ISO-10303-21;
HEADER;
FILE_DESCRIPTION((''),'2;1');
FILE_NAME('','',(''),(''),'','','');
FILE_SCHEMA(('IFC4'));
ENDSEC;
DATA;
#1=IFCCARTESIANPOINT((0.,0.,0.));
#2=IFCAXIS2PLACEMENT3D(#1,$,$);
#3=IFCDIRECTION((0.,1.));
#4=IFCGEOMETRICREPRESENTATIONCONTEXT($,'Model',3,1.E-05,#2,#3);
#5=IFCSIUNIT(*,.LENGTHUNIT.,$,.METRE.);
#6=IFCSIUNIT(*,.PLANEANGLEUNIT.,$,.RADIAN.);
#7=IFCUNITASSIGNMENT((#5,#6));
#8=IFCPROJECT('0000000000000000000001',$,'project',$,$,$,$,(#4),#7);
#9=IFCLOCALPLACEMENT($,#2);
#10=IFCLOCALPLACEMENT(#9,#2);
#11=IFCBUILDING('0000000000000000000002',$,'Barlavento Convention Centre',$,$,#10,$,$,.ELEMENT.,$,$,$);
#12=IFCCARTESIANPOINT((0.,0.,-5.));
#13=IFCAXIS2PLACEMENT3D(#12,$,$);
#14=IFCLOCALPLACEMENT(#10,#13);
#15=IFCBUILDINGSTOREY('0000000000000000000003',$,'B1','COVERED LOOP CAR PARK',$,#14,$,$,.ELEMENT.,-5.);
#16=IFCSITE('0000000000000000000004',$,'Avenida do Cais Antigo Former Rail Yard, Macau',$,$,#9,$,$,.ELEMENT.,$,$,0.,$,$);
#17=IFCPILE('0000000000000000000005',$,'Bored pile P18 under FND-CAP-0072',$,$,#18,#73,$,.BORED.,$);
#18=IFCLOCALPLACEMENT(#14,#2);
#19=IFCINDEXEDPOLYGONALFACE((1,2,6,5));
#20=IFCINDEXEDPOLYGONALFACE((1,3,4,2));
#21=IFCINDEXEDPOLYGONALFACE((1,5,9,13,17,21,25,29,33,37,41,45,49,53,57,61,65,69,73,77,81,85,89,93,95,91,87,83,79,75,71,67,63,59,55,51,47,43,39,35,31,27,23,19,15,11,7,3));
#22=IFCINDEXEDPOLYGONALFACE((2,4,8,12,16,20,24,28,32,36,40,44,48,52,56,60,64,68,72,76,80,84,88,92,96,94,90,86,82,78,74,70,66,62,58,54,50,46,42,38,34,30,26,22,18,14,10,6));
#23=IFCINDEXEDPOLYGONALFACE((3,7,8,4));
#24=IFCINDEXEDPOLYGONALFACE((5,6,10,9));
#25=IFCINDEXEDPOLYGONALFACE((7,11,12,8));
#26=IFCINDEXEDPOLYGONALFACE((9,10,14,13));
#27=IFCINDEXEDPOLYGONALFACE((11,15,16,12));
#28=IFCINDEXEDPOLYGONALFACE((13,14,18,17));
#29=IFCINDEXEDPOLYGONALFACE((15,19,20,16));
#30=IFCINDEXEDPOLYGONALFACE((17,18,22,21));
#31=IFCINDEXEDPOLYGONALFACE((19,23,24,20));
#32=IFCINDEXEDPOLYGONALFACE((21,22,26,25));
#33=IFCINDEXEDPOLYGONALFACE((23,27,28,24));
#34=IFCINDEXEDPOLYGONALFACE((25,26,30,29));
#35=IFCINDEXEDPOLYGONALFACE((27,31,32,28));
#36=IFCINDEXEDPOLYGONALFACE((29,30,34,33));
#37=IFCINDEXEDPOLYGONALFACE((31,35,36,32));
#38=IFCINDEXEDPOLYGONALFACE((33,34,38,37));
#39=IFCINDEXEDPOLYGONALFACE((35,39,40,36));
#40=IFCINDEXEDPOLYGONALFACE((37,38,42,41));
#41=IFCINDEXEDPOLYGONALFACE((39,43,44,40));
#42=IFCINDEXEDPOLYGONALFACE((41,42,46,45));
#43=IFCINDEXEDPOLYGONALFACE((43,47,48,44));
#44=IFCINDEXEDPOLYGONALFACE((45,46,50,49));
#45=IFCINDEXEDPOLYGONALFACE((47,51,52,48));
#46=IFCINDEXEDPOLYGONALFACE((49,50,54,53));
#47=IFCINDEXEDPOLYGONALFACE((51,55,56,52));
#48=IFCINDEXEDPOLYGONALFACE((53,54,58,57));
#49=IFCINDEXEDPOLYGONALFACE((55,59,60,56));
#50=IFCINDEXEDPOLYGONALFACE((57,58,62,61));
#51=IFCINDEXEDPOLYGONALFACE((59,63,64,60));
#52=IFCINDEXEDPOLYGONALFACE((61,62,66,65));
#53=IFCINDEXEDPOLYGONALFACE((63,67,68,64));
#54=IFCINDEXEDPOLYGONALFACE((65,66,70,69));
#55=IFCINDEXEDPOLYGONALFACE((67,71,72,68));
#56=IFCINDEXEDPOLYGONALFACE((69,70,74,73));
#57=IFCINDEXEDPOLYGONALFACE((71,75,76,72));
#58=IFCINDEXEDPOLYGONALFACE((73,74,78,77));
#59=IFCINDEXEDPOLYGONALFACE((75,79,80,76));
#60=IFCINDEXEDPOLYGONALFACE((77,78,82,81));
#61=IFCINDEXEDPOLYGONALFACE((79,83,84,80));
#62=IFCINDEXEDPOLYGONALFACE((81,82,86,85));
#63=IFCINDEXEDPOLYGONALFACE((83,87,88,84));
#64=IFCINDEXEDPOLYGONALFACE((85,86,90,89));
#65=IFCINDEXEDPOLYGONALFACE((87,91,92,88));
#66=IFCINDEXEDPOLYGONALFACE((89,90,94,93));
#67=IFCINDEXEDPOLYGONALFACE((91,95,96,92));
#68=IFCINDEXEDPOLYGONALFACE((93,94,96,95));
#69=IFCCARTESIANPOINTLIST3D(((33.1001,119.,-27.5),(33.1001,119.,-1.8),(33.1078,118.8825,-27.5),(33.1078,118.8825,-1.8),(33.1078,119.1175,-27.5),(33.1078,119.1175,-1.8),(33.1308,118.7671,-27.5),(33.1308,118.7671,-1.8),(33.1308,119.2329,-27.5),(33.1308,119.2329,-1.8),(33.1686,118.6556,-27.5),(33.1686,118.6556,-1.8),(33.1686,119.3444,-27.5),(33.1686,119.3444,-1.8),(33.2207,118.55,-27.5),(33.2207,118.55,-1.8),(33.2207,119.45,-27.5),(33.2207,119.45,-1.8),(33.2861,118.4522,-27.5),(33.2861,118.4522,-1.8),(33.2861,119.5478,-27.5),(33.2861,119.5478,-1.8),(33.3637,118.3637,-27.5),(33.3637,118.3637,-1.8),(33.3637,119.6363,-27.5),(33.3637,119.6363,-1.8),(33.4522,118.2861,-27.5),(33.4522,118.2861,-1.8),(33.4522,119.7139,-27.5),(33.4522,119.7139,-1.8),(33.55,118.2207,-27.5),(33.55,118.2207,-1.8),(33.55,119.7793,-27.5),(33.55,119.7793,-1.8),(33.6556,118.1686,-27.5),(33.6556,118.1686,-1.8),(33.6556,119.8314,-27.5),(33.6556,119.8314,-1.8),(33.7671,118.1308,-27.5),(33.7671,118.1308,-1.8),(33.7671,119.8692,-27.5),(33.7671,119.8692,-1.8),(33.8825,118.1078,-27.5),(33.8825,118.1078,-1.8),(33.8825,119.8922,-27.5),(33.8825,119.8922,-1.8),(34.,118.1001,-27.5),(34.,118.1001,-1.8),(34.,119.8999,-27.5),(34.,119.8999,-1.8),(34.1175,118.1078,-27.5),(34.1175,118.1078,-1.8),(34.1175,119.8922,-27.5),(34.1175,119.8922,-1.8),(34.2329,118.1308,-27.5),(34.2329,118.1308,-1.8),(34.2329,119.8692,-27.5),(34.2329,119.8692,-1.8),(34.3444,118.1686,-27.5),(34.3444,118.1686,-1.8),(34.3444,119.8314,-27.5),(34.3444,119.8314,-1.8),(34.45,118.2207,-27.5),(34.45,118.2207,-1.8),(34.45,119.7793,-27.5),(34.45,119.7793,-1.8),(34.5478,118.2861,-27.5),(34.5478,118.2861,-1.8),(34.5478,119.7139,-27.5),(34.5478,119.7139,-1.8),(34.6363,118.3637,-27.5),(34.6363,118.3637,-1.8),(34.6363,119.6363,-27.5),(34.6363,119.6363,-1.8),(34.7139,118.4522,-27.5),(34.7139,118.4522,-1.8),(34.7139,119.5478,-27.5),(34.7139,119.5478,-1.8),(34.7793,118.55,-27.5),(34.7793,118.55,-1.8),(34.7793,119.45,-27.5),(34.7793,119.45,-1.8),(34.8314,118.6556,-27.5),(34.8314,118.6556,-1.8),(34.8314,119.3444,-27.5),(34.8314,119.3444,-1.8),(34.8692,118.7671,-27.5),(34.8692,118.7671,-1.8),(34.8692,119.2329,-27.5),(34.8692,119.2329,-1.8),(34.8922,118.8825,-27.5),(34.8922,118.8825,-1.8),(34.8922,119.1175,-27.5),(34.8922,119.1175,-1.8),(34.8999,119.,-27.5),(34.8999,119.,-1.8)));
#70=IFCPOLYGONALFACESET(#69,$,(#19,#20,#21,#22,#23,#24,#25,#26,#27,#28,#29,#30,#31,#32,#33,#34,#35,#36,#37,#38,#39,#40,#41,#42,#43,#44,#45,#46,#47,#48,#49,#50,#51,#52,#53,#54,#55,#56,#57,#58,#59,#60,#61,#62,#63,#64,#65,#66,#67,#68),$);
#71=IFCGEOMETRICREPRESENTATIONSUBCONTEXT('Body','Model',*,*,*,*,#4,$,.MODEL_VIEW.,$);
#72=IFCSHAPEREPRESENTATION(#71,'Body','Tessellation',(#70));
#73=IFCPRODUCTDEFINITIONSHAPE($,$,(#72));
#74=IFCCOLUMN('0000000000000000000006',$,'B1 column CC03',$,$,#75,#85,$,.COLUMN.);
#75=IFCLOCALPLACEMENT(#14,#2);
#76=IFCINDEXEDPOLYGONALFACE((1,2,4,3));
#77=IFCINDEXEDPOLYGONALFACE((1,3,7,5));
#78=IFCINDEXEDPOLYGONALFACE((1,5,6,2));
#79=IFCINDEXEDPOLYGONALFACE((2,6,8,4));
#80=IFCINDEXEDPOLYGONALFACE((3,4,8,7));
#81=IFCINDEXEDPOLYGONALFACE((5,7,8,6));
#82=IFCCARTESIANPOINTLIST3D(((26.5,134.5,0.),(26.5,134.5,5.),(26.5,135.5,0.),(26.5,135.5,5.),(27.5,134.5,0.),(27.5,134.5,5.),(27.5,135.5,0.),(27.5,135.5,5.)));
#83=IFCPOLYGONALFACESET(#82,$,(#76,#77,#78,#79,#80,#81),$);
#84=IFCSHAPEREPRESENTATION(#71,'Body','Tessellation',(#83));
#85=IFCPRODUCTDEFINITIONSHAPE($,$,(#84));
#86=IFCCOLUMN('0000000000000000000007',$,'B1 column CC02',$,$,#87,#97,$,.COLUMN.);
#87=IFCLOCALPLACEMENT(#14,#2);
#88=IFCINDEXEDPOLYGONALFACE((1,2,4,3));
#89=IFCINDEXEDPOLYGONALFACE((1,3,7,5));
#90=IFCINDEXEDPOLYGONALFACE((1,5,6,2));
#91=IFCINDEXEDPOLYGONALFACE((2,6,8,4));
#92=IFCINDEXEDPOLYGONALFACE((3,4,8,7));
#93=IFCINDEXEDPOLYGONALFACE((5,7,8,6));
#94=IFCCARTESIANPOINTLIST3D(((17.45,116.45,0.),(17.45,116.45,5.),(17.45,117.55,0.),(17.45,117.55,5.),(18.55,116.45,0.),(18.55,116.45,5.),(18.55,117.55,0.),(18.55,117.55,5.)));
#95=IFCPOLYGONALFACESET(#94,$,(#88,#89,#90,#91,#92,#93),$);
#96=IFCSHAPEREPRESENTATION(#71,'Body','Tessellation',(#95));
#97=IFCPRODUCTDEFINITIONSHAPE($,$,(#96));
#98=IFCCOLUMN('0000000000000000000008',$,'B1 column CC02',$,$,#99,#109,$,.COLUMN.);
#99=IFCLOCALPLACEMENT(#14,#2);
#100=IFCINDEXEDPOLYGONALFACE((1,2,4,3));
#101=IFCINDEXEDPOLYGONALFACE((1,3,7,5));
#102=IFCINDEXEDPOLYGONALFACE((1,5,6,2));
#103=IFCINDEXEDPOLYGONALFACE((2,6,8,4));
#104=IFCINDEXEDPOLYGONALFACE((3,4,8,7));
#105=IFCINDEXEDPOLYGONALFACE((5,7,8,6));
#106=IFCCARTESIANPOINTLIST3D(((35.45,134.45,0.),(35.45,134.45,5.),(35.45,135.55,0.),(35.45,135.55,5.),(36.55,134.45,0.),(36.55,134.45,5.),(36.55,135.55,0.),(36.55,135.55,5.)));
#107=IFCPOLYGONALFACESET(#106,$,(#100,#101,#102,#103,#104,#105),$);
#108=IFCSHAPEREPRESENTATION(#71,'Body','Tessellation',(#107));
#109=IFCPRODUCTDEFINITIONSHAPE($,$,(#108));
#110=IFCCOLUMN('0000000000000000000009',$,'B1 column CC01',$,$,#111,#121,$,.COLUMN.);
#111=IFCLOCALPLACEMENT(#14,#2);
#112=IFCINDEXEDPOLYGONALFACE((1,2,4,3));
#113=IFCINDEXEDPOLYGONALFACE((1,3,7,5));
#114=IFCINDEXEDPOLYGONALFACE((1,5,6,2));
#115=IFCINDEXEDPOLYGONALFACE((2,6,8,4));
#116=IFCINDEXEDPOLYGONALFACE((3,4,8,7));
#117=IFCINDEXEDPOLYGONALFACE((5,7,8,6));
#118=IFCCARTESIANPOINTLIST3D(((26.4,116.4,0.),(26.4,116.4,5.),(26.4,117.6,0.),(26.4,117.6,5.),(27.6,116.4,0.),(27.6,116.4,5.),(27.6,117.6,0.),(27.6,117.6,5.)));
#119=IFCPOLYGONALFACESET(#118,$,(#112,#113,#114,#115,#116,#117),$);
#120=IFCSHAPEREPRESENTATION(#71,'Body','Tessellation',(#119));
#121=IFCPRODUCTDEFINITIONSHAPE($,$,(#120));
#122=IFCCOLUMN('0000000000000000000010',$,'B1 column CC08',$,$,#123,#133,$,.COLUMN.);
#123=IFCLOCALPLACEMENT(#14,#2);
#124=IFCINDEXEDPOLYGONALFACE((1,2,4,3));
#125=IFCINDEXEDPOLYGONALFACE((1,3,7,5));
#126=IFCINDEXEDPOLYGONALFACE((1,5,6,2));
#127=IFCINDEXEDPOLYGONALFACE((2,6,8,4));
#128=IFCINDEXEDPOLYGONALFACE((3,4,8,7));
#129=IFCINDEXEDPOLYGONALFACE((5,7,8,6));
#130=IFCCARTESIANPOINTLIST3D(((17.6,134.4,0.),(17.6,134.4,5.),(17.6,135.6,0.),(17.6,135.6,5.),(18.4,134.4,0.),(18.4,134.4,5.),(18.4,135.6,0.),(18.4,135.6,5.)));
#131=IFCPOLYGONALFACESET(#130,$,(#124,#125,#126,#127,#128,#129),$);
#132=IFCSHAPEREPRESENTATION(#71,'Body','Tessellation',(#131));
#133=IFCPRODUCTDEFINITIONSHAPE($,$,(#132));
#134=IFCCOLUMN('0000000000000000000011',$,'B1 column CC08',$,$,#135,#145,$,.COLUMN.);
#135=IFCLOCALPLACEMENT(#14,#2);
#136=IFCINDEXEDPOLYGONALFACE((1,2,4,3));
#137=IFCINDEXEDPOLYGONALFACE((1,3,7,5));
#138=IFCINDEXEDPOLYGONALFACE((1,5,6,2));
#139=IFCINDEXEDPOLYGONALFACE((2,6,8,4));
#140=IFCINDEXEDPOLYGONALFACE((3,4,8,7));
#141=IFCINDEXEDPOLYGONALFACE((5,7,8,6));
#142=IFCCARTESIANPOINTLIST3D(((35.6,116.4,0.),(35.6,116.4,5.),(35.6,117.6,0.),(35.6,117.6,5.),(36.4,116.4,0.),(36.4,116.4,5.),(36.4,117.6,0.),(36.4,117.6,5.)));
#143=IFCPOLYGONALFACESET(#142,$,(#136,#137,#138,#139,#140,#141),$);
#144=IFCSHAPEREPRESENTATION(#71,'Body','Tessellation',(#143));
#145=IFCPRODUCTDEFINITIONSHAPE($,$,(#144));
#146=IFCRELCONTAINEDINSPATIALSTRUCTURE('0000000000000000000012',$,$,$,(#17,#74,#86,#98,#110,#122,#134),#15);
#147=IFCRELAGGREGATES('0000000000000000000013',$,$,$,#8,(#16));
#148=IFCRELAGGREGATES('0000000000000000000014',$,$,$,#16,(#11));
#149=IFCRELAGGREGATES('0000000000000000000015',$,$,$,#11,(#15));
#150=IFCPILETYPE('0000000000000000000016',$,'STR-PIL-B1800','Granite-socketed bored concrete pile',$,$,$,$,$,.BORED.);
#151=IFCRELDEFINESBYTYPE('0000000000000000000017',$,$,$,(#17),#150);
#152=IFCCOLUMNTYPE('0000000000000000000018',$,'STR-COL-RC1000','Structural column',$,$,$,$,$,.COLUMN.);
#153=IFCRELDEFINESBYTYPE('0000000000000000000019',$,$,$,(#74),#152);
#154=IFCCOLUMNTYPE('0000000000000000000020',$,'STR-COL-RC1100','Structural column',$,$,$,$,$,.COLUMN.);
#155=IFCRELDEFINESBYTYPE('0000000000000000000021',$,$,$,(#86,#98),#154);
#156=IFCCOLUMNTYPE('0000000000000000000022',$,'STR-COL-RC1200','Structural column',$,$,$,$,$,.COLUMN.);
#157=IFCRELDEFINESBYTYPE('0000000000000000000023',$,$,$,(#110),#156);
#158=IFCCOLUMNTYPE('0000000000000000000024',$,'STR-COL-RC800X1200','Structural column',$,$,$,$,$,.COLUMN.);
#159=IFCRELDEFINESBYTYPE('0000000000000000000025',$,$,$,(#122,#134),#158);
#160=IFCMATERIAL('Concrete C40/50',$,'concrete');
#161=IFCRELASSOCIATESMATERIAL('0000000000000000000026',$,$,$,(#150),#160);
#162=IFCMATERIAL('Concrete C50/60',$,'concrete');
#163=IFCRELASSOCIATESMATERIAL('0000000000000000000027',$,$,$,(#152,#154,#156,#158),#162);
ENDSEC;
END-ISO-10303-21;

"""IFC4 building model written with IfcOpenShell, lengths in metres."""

from ifc_helpers import new_model, si_unit, direction, frame, origin, origin_2d, place, context, subcontext, project, spatial, rectangle, circle, extrude, material, material_profile, profile_set, type_object, element, save


model = new_model("IFC4")

# Units and contexts
model_context = context("Model", 3, precision=1e-05, world=origin(), true_north=direction((0.0, 1.0)))
body_context = subcontext(model_context, "Body", "Model", "MODEL_VIEW")
ifc_project = project(units=[si_unit("LENGTHUNIT", "METRE"), si_unit("PLANEANGLEUNIT", "RADIAN")], contexts=[model_context])

# Site, building, storey
site_placement = place(None, origin())
site = spatial("IfcSite", under=ifc_project, at=site_placement, Name="Avenida do Cais Antigo Former Rail Yard, Macau", CompositionType="ELEMENT", RefElevation=0.0)
building_placement = place(site_placement, origin())
building = spatial("IfcBuilding", under=site, at=building_placement, Name="Barlavento Convention Centre", CompositionType="ELEMENT")
storey_placement = place(building_placement, frame((0.0, 0.0, -5.0)))
storey = spatial("IfcBuildingStorey", under=building, at=storey_placement, Name="B1", Description="COVERED LOOP CAR PARK", CompositionType="ELEMENT", Elevation=-5.0)

# Shared definitions
ifc_material_1 = material(Name="Concrete C40/50", Category="concrete")

# Pile
ifc_material_profile_1 = material_profile(ifc_material_1, circle(Radius=0.8999, at=origin_2d()), Name="BORED PILE 1800")
ifc_profile_set_1 = profile_set([ifc_material_profile_1], Name="Concrete C40/50")
pile_type_1 = type_object("IfcPileType", Name="STR-PIL-B1800", Description="Granite-socketed bored concrete pile", PredefinedType="BORED", material=ifc_profile_set_1)
for number, where, z_axis, x_axis, name in (
    (1, (34.0, 119.0, -1.8), (0.0, 0.0, -1.0), (1.0, 0.0, 0.0), "Bored pile P18 under FND-CAP-0072"),
):
    element("IfcPile", number, at=place(storey_placement, frame(where, z_axis=z_axis, x_axis=x_axis)), inside=storey, type_object=pile_type_1, Name=name, PredefinedType="BORED", context=body_context, shape_type="SweptSolid", body=[
        extrude(circle(Radius=0.8999, at=origin_2d()), origin(), (0.0, 0.0, 1.0), 25.7),
    ])

# Columns
ifc_material_2 = material(Name="Concrete C50/60", Category="concrete")
ifc_material_profile_2 = material_profile(ifc_material_2, rectangle(XDim=1.0, YDim=1.0, at=origin_2d()), Name="RC 1000x1000")
ifc_profile_set_2 = profile_set([ifc_material_profile_2], Name="Concrete C50/60")
column_type_1 = type_object("IfcColumnType", Name="STR-COL-RC1000", Description="Structural column", PredefinedType="COLUMN", material=ifc_profile_set_2)
column_1_placement = place(storey_placement, frame((27.0, 135.0, 0.0), z_axis=(0.0, 0.0, 1.0), x_axis=(1.0, 0.0, 0.0)))
element("IfcColumn", 2, at=column_1_placement, inside=storey, type_object=column_type_1, Name="B1 column CC03", PredefinedType="COLUMN", context=body_context, shape_type="SweptSolid", body=[
    extrude(rectangle(XDim=1.0, YDim=1.0, at=origin_2d()), origin(), (0.0, 0.0, 1.0), 5.0),
])
ifc_material_profile_3 = material_profile(ifc_material_2, rectangle(XDim=1.1001, YDim=1.1001, at=origin_2d()), Name="RC 1100x1100")
ifc_profile_set_3 = profile_set([ifc_material_profile_3], Name="Concrete C50/60")
column_type_2 = type_object("IfcColumnType", Name="STR-COL-RC1100", Description="Structural column", PredefinedType="COLUMN", material=ifc_profile_set_3)
for number, where, z_axis, x_axis, name in (
    (3, (18.0, 117.0, 0.0), (0.0, 0.0, 1.0), (1.0, 0.0, 0.0), "B1 column CC02"),
    (4, (36.0, 135.0, 0.0), (0.0, 0.0, 1.0), (1.0, 0.0, 0.0), "B1 column CC02"),
):
    element("IfcColumn", number, at=place(storey_placement, frame(where, z_axis=z_axis, x_axis=x_axis)), inside=storey, type_object=column_type_2, Name=name, PredefinedType="COLUMN", context=body_context, shape_type="SweptSolid", body=[
        extrude(rectangle(XDim=1.1001, YDim=1.1001, at=origin_2d()), origin(), (0.0, 0.0, 1.0), 5.0),
    ])
ifc_material_profile_4 = material_profile(ifc_material_2, rectangle(XDim=1.2, YDim=1.2, at=origin_2d()), Name="RC 1200x1200")
ifc_profile_set_4 = profile_set([ifc_material_profile_4], Name="Concrete C50/60")
column_type_3 = type_object("IfcColumnType", Name="STR-COL-RC1200", Description="Structural column", PredefinedType="COLUMN", material=ifc_profile_set_4)
column_2_placement = place(storey_placement, frame((27.0, 117.0, 0.0), z_axis=(0.0, 0.0, 1.0), x_axis=(1.0, 0.0, 0.0)))
element("IfcColumn", 5, at=column_2_placement, inside=storey, type_object=column_type_3, Name="B1 column CC01", PredefinedType="COLUMN", context=body_context, shape_type="SweptSolid", body=[
    extrude(rectangle(XDim=1.2, YDim=1.2, at=origin_2d()), origin(), (0.0, 0.0, 1.0), 5.0),
])
ifc_material_profile_5 = material_profile(ifc_material_2, rectangle(XDim=0.8, YDim=1.2, at=origin_2d()), Name="RC 800x1200")
ifc_profile_set_5 = profile_set([ifc_material_profile_5], Name="Concrete C50/60")
column_type_4 = type_object("IfcColumnType", Name="STR-COL-RC800X1200", Description="Structural column", PredefinedType="COLUMN", material=ifc_profile_set_5)
for number, where, z_axis, x_axis, name in (
    (6, (18.0, 135.0, 0.0), (0.0, 0.0, 1.0), (1.0, 0.0, 0.0), "B1 column CC08"),
    (7, (36.0, 117.0, 0.0), (0.0, 0.0, 1.0), (1.0, 0.0, 0.0), "B1 column CC08"),
):
    element("IfcColumn", number, at=place(storey_placement, frame(where, z_axis=z_axis, x_axis=x_axis)), inside=storey, type_object=column_type_4, Name=name, PredefinedType="COLUMN", context=body_context, shape_type="SweptSolid", body=[
        extrude(rectangle(XDim=0.8, YDim=1.2, at=origin_2d()), origin(), (0.0, 0.0, 1.0), 5.0),
    ])

save(model, "model.ifc")
